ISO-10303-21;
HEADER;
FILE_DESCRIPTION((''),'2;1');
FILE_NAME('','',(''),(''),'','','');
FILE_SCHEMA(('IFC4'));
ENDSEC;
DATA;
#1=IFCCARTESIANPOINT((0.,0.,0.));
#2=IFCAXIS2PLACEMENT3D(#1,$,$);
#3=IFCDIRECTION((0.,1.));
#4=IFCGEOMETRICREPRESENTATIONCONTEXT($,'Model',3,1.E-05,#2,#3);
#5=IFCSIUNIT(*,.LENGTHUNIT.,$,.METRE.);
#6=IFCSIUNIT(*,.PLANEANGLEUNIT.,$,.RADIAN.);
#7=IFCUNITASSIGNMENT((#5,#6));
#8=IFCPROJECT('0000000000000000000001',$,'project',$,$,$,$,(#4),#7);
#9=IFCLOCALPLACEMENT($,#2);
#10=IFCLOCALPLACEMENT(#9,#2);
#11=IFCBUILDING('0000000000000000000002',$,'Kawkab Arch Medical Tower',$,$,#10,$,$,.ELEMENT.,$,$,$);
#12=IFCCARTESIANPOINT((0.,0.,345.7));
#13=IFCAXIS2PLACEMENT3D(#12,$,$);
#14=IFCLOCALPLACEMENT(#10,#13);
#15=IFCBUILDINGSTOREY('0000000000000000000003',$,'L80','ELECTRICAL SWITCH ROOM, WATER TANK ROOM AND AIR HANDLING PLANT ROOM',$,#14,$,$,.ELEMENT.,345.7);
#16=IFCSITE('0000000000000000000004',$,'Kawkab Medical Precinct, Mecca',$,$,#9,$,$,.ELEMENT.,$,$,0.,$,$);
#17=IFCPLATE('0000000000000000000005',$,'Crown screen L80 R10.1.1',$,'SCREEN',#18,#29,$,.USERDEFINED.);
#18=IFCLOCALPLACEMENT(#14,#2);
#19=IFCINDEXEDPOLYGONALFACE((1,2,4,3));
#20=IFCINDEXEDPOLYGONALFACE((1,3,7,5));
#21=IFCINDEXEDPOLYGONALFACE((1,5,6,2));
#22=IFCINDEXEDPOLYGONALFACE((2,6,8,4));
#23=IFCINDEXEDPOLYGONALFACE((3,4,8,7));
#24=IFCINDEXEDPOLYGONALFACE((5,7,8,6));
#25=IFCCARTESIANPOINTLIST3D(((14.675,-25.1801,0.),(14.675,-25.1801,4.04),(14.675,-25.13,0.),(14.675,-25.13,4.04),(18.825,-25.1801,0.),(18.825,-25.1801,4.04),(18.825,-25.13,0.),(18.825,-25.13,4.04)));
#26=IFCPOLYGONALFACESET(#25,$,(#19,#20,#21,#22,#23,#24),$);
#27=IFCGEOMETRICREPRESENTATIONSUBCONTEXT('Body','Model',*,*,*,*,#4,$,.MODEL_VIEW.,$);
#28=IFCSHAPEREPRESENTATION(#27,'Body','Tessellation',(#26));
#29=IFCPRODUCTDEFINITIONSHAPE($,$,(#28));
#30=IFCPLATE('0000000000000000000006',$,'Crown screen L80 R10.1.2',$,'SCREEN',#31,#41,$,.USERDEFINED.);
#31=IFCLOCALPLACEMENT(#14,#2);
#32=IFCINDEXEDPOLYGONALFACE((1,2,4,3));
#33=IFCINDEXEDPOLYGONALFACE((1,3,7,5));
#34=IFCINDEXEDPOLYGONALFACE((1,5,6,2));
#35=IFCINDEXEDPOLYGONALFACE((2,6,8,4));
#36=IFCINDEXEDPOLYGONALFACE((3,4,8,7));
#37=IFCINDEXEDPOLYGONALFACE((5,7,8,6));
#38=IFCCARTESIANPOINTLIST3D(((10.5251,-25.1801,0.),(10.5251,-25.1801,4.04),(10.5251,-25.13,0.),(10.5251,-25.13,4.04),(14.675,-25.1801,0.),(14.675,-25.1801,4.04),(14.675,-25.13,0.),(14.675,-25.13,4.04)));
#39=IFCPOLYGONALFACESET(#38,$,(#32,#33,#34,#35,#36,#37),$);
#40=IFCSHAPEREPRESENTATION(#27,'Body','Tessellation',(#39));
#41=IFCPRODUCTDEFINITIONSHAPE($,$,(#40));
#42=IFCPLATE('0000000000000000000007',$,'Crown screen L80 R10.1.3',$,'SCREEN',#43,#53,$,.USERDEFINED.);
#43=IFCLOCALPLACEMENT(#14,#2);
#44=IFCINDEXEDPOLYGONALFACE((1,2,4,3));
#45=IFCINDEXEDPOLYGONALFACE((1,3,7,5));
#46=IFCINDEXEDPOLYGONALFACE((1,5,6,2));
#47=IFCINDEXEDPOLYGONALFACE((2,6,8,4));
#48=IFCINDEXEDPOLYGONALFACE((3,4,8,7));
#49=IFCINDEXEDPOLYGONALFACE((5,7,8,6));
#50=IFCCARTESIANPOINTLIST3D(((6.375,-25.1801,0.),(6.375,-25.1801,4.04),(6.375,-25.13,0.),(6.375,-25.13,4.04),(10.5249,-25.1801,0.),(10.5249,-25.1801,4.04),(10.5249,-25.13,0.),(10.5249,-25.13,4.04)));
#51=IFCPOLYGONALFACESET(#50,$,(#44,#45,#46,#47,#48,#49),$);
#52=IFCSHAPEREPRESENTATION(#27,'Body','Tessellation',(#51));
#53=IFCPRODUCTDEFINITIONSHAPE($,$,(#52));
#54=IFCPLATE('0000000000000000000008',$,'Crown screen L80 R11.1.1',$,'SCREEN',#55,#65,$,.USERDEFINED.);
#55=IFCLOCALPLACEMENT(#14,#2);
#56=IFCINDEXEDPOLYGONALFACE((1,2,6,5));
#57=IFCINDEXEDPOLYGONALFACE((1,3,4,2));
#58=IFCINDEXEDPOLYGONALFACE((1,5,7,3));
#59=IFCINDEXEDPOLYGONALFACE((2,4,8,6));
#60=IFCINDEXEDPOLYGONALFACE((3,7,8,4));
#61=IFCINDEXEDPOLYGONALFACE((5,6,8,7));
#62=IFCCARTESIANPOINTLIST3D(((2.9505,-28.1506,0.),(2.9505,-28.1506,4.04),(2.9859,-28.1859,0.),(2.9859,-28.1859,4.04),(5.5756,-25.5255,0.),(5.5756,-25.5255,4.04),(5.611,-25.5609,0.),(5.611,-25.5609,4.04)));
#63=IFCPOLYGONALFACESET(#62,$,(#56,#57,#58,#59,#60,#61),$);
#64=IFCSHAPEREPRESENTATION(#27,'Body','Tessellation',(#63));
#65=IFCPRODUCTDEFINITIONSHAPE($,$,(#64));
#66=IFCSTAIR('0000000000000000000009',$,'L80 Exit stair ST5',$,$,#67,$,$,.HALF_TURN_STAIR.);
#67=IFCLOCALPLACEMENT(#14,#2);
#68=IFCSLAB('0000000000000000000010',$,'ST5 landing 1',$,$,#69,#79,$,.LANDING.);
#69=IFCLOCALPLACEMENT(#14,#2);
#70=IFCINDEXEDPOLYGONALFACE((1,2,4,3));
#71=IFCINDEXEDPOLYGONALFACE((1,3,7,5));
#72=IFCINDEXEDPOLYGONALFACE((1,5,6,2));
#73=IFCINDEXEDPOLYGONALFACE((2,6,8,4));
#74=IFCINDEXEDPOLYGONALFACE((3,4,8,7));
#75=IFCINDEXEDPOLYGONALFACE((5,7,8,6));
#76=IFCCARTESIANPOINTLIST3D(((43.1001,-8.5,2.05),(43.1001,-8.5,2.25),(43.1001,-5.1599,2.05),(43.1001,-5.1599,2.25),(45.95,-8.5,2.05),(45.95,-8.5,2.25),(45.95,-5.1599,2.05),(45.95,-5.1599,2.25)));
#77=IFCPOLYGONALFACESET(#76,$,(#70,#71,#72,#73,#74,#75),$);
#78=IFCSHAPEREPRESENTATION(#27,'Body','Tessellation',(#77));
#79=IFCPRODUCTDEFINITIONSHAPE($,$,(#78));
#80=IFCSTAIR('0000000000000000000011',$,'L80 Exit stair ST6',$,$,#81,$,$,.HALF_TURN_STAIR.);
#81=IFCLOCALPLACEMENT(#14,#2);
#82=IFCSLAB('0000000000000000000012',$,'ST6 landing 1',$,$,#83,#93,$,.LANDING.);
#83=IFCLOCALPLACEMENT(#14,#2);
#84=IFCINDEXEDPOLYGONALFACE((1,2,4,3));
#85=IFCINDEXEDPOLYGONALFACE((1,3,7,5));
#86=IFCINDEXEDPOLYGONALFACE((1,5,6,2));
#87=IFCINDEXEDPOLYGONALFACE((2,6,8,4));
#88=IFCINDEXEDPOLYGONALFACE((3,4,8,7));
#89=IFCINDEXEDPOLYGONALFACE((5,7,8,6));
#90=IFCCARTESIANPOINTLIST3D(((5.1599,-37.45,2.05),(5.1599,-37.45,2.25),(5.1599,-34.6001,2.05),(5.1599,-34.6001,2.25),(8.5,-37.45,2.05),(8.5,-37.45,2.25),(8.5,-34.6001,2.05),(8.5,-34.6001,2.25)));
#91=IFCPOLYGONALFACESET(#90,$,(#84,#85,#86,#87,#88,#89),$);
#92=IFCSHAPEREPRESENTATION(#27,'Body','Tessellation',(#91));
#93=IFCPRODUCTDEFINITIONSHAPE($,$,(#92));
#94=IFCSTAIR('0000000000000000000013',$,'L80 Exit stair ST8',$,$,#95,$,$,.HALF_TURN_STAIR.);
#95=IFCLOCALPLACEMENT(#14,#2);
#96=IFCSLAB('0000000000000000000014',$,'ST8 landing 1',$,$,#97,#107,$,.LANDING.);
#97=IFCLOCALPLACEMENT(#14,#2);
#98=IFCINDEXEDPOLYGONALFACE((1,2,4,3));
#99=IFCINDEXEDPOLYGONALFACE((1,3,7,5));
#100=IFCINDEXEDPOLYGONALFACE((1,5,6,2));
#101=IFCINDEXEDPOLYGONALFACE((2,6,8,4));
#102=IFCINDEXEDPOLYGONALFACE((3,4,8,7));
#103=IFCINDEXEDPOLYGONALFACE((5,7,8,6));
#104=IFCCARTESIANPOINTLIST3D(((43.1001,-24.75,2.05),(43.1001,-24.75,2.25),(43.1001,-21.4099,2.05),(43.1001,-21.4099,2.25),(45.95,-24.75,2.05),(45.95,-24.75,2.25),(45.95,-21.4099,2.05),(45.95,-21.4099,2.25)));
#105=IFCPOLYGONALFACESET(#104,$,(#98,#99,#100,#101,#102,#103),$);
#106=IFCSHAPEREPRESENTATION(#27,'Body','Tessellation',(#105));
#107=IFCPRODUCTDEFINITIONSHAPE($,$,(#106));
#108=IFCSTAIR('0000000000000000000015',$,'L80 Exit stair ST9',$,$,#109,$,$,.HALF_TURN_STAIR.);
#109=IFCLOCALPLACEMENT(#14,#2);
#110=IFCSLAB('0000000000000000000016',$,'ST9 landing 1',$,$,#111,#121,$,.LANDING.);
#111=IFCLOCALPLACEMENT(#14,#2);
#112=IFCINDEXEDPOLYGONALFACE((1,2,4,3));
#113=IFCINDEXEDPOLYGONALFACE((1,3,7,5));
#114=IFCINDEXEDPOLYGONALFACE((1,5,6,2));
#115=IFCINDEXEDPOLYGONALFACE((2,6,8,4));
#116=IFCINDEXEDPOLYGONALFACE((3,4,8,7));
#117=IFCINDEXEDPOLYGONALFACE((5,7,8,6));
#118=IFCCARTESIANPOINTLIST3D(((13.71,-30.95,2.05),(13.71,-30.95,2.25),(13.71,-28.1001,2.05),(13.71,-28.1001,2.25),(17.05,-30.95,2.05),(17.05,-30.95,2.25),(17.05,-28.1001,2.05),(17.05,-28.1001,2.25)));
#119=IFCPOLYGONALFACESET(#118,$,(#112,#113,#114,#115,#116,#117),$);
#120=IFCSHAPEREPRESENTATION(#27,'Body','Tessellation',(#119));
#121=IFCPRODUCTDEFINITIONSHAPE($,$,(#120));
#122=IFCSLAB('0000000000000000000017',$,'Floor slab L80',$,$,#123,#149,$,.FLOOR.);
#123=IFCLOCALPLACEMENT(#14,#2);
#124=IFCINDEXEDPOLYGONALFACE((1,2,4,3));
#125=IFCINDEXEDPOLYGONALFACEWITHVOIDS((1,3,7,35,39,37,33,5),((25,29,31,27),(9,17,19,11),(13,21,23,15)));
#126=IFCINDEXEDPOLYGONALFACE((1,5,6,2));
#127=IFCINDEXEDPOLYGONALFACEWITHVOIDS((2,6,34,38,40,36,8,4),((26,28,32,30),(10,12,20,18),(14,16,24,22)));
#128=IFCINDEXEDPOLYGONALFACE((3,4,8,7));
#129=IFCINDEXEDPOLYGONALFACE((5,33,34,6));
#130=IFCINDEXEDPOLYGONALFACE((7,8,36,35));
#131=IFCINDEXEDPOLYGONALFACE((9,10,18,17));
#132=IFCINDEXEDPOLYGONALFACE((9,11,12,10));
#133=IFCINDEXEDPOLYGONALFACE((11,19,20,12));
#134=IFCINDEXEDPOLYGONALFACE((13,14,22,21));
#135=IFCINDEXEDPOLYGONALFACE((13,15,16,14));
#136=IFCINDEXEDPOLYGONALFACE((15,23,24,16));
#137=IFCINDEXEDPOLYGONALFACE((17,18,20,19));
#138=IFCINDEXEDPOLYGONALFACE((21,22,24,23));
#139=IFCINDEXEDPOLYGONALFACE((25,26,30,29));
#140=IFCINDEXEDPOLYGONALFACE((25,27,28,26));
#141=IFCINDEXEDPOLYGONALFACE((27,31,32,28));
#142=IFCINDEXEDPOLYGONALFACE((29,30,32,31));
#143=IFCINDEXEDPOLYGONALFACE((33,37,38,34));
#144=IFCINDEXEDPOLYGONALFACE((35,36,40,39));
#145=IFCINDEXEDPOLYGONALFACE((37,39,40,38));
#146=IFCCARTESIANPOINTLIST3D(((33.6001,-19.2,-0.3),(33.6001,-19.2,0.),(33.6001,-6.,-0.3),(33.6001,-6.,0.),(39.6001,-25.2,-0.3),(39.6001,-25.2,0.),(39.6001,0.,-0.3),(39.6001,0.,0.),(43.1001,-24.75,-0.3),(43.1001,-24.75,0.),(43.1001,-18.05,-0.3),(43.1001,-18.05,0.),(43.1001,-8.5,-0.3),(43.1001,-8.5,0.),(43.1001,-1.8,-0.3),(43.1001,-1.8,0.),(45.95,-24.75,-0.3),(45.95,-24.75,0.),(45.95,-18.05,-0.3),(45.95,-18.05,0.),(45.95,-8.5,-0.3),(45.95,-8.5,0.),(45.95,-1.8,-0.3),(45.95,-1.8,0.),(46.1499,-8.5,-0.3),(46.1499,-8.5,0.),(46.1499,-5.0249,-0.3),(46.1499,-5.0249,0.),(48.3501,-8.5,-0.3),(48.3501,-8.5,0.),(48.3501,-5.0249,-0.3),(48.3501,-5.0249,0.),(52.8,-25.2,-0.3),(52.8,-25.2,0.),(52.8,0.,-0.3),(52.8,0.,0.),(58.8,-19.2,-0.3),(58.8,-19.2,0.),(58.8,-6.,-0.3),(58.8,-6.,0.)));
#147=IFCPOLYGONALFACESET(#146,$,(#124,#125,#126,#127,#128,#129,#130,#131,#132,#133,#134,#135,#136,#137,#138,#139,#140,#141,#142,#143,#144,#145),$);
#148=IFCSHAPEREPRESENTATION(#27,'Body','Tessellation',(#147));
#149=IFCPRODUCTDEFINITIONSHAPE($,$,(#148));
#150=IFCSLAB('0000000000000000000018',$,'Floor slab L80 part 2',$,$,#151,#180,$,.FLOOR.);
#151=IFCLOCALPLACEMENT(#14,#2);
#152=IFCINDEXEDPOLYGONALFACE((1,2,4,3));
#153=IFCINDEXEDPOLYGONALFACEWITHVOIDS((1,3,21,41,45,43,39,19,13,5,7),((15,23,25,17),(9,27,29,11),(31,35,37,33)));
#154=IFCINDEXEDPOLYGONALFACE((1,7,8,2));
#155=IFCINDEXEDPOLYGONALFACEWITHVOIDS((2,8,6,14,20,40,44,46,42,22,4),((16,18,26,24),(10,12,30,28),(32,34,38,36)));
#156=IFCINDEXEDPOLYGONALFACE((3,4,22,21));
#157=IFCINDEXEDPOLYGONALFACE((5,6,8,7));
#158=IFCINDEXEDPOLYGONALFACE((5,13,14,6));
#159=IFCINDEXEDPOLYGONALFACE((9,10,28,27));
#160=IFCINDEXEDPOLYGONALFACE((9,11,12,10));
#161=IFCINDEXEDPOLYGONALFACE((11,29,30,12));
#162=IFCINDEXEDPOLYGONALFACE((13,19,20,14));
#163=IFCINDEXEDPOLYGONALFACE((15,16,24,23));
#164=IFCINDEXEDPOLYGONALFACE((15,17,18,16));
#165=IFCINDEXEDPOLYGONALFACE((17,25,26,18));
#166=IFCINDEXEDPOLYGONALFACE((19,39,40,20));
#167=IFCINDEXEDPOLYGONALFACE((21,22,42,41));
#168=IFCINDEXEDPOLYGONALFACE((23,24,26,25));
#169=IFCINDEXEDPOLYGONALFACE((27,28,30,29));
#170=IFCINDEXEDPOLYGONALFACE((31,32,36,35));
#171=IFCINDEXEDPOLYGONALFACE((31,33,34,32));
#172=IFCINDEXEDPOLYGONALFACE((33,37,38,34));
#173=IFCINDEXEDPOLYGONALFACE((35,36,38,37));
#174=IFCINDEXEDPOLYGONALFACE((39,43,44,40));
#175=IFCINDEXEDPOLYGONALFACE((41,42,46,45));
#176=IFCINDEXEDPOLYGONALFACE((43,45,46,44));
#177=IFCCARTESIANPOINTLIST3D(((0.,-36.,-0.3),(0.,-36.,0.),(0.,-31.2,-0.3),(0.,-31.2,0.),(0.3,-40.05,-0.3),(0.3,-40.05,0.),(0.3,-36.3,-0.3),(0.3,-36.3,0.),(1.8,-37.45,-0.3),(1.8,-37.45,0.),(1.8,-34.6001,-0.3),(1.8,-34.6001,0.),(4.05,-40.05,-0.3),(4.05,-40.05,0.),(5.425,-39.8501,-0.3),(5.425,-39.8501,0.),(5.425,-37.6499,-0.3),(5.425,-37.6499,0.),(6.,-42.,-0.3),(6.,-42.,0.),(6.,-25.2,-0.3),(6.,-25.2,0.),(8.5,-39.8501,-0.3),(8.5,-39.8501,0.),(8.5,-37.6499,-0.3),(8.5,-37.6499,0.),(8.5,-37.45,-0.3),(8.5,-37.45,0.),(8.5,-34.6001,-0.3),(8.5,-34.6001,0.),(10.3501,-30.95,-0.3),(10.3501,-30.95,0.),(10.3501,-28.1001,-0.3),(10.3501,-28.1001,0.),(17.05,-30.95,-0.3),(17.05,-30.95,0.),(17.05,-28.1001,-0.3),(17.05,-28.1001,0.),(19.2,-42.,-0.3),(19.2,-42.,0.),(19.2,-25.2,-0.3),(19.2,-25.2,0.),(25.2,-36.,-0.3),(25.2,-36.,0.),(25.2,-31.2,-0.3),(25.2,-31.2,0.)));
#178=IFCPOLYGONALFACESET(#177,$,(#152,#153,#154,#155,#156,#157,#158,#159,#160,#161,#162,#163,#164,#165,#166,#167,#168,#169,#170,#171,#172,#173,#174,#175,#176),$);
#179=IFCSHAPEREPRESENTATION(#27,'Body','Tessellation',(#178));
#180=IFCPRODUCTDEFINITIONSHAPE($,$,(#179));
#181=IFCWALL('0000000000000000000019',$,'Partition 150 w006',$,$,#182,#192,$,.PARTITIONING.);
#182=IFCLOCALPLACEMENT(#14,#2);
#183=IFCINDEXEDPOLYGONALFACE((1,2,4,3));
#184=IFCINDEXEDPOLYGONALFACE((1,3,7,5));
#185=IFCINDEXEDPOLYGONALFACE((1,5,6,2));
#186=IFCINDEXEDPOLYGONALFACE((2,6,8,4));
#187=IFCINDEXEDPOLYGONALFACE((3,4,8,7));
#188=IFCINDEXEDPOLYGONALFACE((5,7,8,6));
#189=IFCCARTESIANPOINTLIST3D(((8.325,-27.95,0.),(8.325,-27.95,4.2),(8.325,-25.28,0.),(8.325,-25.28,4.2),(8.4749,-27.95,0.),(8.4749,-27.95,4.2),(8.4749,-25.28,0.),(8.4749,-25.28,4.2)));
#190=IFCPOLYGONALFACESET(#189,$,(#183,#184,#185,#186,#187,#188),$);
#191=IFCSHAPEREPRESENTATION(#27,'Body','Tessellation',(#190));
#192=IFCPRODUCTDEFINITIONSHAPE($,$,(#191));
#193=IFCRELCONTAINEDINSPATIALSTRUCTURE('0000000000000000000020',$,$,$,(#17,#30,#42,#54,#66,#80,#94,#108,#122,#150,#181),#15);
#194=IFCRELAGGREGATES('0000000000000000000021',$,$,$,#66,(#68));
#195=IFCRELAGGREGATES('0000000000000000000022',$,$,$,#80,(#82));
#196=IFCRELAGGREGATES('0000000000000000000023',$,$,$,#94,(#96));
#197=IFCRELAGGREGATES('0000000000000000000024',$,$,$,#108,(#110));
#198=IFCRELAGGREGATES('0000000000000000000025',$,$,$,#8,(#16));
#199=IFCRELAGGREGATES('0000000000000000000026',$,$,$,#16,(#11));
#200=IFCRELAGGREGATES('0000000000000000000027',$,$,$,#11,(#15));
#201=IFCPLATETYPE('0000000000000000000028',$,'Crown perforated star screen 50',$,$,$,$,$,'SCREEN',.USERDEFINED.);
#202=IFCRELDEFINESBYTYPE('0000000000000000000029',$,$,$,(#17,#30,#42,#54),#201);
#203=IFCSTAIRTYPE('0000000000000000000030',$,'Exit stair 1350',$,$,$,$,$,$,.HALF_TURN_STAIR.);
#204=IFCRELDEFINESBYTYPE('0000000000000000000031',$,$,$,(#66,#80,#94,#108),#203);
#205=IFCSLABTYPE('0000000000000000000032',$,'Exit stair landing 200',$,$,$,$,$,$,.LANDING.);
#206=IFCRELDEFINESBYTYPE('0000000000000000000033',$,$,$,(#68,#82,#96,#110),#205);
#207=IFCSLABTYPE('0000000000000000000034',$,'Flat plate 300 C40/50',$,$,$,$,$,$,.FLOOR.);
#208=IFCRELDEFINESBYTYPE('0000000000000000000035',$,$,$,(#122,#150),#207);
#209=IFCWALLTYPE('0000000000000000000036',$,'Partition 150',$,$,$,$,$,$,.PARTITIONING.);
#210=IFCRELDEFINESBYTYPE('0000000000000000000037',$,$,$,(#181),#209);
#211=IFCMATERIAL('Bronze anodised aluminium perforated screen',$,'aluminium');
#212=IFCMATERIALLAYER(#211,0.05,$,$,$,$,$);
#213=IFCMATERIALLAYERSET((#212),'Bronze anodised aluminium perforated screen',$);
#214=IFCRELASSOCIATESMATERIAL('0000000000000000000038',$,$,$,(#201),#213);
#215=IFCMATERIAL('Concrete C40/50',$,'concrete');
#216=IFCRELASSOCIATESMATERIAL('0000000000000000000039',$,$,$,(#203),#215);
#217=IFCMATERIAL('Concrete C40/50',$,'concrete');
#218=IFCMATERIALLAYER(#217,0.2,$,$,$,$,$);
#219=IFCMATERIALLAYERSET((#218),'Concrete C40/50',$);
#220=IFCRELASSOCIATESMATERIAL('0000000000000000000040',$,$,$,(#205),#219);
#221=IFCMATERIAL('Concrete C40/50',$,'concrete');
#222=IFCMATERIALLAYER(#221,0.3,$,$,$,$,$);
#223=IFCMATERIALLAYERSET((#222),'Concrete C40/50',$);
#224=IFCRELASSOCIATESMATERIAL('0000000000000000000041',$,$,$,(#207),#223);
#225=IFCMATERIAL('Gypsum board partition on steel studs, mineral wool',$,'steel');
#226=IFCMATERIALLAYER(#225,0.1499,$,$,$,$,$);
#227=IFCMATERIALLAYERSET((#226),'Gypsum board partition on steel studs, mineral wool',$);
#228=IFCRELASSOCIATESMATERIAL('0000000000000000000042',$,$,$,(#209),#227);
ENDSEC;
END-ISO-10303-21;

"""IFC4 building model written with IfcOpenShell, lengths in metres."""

from ifc_helpers import new_model, si_unit, direction, frame, frame_2d, origin, origin_2d, place, context, subcontext, project, spatial, polyline, rectangle, outline, extrude, material, layer, layer_set, type_object, element, aggregate, save


model = new_model("IFC4")

# Units and contexts
model_context = context("Model", 3, precision=1e-05, world=origin(), true_north=direction((0.0, 1.0)))
body_context = subcontext(model_context, "Body", "Model", "MODEL_VIEW")
ifc_project = project(units=[si_unit("LENGTHUNIT", "METRE"), si_unit("PLANEANGLEUNIT", "RADIAN")], contexts=[model_context])

# Site, building, storey
site_placement = place(None, origin())
site = spatial("IfcSite", under=ifc_project, at=site_placement, Name="Kawkab Medical Precinct, Mecca", CompositionType="ELEMENT", RefElevation=0.0)
building_placement = place(site_placement, origin())
building = spatial("IfcBuilding", under=site, at=building_placement, Name="Kawkab Arch Medical Tower", CompositionType="ELEMENT")
storey_placement = place(building_placement, frame((0.0, 0.0, 345.7)))
storey = spatial("IfcBuildingStorey", under=building, at=storey_placement, Name="L80", Description="ELECTRICAL SWITCH ROOM, WATER TANK ROOM AND AIR HANDLING PLANT ROOM", CompositionType="ELEMENT", Elevation=345.7)

# Shared definitions
placement_1 = place(storey_placement, origin())

# Plates
ifc_material_1 = material(Name="Bronze anodised aluminium perforated screen", Category="aluminium")
ifc_layer_1 = layer(ifc_material_1, 0.05)
ifc_layer_set_1 = layer_set([ifc_layer_1], Name="Bronze anodised aluminium perforated screen")
plate_type_1 = type_object("IfcPlateType", Name="Crown perforated star screen 50", ElementType="SCREEN", PredefinedType="USERDEFINED", material=ifc_layer_set_1)
for number, where, z_axis, x_axis, name in (
    (1, (16.75, -25.155, 0.0), (0.0, 0.0, 1.0), (-1.0, 0.0, 0.0), "Crown screen L80 R10.1.1"),
    (2, (12.6001, -25.155, 0.0), (0.0, 0.0, 1.0), (-1.0, 0.0, 0.0), "Crown screen L80 R10.1.2"),
    (3, (8.45, -25.155, 0.0), (0.0, 0.0, 1.0), (-1.0, 0.0, 0.0), "Crown screen L80 R10.1.3"),
):
    element("IfcPlate", number, at=place(storey_placement, frame(where, z_axis=z_axis, x_axis=x_axis)), inside=storey, type_object=plate_type_1, Name=name, ObjectType="SCREEN", PredefinedType="USERDEFINED", context=body_context, shape_type="SweptSolid", body=[
        extrude(rectangle(XDim=4.1499, YDim=0.05, at=origin_2d()), origin(), (0.0, 0.0, 1.0), 4.04),
    ])
plate_1_placement = place(storey_placement, frame((4.2808, -26.8557, 0.0), z_axis=(0.0, 0.0, 1.0), x_axis=(-0.707107, -0.707107, 0.0)))
element("IfcPlate", 4, at=plate_1_placement, inside=storey, type_object=plate_type_1, Name="Crown screen L80 R11.1.1", ObjectType="SCREEN", PredefinedType="USERDEFINED", context=body_context, shape_type="SweptSolid", body=[
    extrude(rectangle(XDim=3.7124, YDim=0.05, at=origin_2d()), origin(), (0.0, 0.0, 1.0), 4.04),
])

# Stairs, slabs
ifc_material_2 = material(Name="Concrete C40/50", Category="concrete")
stair_type = type_object("IfcStairType", Name="Exit stair 1350", PredefinedType="HALF_TURN_STAIR", material=ifc_material_2)
stair_1 = element("IfcStair", 5, at=placement_1, inside=storey, type_object=stair_type, Name="L80 Exit stair ST5", PredefinedType="HALF_TURN_STAIR")
ifc_material_3 = material(Name="Concrete C40/50", Category="concrete")
ifc_layer_2 = layer(ifc_material_3, 0.2)
ifc_layer_set_2 = layer_set([ifc_layer_2], Name="Concrete C40/50")
slab_type_1 = type_object("IfcSlabType", Name="Exit stair landing 200", PredefinedType="LANDING", material=ifc_layer_set_2)
placement_2 = place(storey_placement, frame((0.0, 0.0, 2.05)))
slab_1 = element("IfcSlab", 6, at=placement_2, type_object=slab_type_1, Name="ST5 landing 1", PredefinedType="LANDING", context=body_context, shape_type="SweptSolid", body=[
    extrude(outline(polyline([(43.1001, -5.1599), (43.1001, -8.5), (45.95, -8.5), (45.95, -5.1599), (43.1001, -5.1599)])), origin(), (0.0, 0.0, 1.0), 0.2),
])
aggregate(stair_1, [slab_1])
stair_2 = element("IfcStair", 7, at=placement_1, inside=storey, type_object=stair_type, Name="L80 Exit stair ST6", PredefinedType="HALF_TURN_STAIR")
slab_2 = element("IfcSlab", 8, at=placement_2, type_object=slab_type_1, Name="ST6 landing 1", PredefinedType="LANDING", context=body_context, shape_type="SweptSolid", body=[
    extrude(outline(polyline([(5.1599, -37.45), (8.5, -37.45), (8.5, -34.6001), (5.1599, -34.6001), (5.1599, -37.45)])), origin(), (0.0, 0.0, 1.0), 0.2),
])
aggregate(stair_2, [slab_2])
stair_3 = element("IfcStair", 9, at=placement_1, inside=storey, type_object=stair_type, Name="L80 Exit stair ST8", PredefinedType="HALF_TURN_STAIR")
slab_3 = element("IfcSlab", 10, at=placement_2, type_object=slab_type_1, Name="ST8 landing 1", PredefinedType="LANDING", context=body_context, shape_type="SweptSolid", body=[
    extrude(outline(polyline([(43.1001, -21.4099), (43.1001, -24.75), (45.95, -24.75), (45.95, -21.4099), (43.1001, -21.4099)])), origin(), (0.0, 0.0, 1.0), 0.2),
])
aggregate(stair_3, [slab_3])
stair_4 = element("IfcStair", 11, at=placement_1, inside=storey, type_object=stair_type, Name="L80 Exit stair ST9", PredefinedType="HALF_TURN_STAIR")
slab_4 = element("IfcSlab", 12, at=placement_2, type_object=slab_type_1, Name="ST9 landing 1", PredefinedType="LANDING", context=body_context, shape_type="SweptSolid", body=[
    extrude(outline(polyline([(13.71, -30.95), (17.05, -30.95), (17.05, -28.1001), (13.71, -28.1001), (13.71, -30.95)])), origin(), (0.0, 0.0, 1.0), 0.2),
])
aggregate(stair_4, [slab_4])

# Slabs
ifc_material_4 = material(Name="Concrete C40/50", Category="concrete")
ifc_layer_3 = layer(ifc_material_4, 0.3)
ifc_layer_set_3 = layer_set([ifc_layer_3], Name="Concrete C40/50")
slab_type_2 = type_object("IfcSlabType", Name="Flat plate 300 C40/50", PredefinedType="FLOOR", material=ifc_layer_set_3)
placement_3 = place(storey_placement, frame((0.0, 0.0, -0.3)))
element("IfcSlab", 13, at=placement_3, inside=storey, type_object=slab_type_2, Name="Floor slab L80", PredefinedType="FLOOR", context=body_context, shape_type="SweptSolid", body=[
    extrude(outline(polyline([(58.8, -19.2), (52.8, -25.2), (39.6001, -25.2), (33.6001, -19.2), (33.6001, -6.0), (39.6001, 0.0), (52.8, 0.0), (58.8, -6.0), (58.8, -19.2)]), holes=[polyline([(45.95, -18.05), (43.1001, -18.05), (43.1001, -24.75), (45.95, -24.75), (45.95, -18.05)]), polyline([(48.3501, -8.5), (48.3501, -5.0249), (46.1499, -5.0249), (46.1499, -8.5), (48.3501, -8.5)]), polyline([(45.95, -8.5), (45.95, -1.8), (43.1001, -1.8), (43.1001, -8.5), (45.95, -8.5)])]), origin(), (0.0, 0.0, 1.0), 0.3),
])
element("IfcSlab", 14, at=placement_3, inside=storey, type_object=slab_type_2, Name="Floor slab L80 part 2", PredefinedType="FLOOR", context=body_context, shape_type="SweptSolid", body=[
    extrude(outline(polyline([(25.2, -36.0), (19.2, -42.0), (6.0, -42.0), (4.05, -40.05), (0.3, -40.05), (0.3, -36.3), (0.0, -36.0), (0.0, -31.2), (6.0, -25.2), (19.2, -25.2), (25.2, -31.2), (25.2, -36.0)]), holes=[polyline([(8.5, -39.8501), (8.5, -37.6499), (5.425, -37.6499), (5.425, -39.8501), (8.5, -39.8501)]), polyline([(8.5, -34.6001), (1.8, -34.6001), (1.8, -37.45), (8.5, -37.45), (8.5, -34.6001)]), polyline([(17.05, -28.1001), (10.3501, -28.1001), (10.3501, -30.95), (17.05, -30.95), (17.05, -28.1001)])]), origin(), (0.0, 0.0, 1.0), 0.3),
])

# Wall
ifc_material_5 = material(Name="Gypsum board partition on steel studs, mineral wool", Category="steel")
ifc_layer_4 = layer(ifc_material_5, 0.1499)
ifc_layer_set_4 = layer_set([ifc_layer_4], Name="Gypsum board partition on steel studs, mineral wool")
wall_type_1 = type_object("IfcWallType", Name="Partition 150", PredefinedType="PARTITIONING", material=ifc_layer_set_4)
wall_1_placement = place(storey_placement, frame((8.3999, -27.95, 0.0), z_axis=(0.0, 0.0, 1.0), x_axis=(0.0, 1.0, 0.0)))
element("IfcWall", 15, at=wall_1_placement, inside=storey, type_object=wall_type_1, Name="Partition 150 w006", PredefinedType="PARTITIONING", context=body_context, shape_type="SweptSolid", body=[
    extrude(rectangle(XDim=2.6699, YDim=0.1499, at=frame_2d((1.335, 0.0))), origin(), (0.0, 0.0, 1.0), 4.2),
])

save(model, "model.ifc")
